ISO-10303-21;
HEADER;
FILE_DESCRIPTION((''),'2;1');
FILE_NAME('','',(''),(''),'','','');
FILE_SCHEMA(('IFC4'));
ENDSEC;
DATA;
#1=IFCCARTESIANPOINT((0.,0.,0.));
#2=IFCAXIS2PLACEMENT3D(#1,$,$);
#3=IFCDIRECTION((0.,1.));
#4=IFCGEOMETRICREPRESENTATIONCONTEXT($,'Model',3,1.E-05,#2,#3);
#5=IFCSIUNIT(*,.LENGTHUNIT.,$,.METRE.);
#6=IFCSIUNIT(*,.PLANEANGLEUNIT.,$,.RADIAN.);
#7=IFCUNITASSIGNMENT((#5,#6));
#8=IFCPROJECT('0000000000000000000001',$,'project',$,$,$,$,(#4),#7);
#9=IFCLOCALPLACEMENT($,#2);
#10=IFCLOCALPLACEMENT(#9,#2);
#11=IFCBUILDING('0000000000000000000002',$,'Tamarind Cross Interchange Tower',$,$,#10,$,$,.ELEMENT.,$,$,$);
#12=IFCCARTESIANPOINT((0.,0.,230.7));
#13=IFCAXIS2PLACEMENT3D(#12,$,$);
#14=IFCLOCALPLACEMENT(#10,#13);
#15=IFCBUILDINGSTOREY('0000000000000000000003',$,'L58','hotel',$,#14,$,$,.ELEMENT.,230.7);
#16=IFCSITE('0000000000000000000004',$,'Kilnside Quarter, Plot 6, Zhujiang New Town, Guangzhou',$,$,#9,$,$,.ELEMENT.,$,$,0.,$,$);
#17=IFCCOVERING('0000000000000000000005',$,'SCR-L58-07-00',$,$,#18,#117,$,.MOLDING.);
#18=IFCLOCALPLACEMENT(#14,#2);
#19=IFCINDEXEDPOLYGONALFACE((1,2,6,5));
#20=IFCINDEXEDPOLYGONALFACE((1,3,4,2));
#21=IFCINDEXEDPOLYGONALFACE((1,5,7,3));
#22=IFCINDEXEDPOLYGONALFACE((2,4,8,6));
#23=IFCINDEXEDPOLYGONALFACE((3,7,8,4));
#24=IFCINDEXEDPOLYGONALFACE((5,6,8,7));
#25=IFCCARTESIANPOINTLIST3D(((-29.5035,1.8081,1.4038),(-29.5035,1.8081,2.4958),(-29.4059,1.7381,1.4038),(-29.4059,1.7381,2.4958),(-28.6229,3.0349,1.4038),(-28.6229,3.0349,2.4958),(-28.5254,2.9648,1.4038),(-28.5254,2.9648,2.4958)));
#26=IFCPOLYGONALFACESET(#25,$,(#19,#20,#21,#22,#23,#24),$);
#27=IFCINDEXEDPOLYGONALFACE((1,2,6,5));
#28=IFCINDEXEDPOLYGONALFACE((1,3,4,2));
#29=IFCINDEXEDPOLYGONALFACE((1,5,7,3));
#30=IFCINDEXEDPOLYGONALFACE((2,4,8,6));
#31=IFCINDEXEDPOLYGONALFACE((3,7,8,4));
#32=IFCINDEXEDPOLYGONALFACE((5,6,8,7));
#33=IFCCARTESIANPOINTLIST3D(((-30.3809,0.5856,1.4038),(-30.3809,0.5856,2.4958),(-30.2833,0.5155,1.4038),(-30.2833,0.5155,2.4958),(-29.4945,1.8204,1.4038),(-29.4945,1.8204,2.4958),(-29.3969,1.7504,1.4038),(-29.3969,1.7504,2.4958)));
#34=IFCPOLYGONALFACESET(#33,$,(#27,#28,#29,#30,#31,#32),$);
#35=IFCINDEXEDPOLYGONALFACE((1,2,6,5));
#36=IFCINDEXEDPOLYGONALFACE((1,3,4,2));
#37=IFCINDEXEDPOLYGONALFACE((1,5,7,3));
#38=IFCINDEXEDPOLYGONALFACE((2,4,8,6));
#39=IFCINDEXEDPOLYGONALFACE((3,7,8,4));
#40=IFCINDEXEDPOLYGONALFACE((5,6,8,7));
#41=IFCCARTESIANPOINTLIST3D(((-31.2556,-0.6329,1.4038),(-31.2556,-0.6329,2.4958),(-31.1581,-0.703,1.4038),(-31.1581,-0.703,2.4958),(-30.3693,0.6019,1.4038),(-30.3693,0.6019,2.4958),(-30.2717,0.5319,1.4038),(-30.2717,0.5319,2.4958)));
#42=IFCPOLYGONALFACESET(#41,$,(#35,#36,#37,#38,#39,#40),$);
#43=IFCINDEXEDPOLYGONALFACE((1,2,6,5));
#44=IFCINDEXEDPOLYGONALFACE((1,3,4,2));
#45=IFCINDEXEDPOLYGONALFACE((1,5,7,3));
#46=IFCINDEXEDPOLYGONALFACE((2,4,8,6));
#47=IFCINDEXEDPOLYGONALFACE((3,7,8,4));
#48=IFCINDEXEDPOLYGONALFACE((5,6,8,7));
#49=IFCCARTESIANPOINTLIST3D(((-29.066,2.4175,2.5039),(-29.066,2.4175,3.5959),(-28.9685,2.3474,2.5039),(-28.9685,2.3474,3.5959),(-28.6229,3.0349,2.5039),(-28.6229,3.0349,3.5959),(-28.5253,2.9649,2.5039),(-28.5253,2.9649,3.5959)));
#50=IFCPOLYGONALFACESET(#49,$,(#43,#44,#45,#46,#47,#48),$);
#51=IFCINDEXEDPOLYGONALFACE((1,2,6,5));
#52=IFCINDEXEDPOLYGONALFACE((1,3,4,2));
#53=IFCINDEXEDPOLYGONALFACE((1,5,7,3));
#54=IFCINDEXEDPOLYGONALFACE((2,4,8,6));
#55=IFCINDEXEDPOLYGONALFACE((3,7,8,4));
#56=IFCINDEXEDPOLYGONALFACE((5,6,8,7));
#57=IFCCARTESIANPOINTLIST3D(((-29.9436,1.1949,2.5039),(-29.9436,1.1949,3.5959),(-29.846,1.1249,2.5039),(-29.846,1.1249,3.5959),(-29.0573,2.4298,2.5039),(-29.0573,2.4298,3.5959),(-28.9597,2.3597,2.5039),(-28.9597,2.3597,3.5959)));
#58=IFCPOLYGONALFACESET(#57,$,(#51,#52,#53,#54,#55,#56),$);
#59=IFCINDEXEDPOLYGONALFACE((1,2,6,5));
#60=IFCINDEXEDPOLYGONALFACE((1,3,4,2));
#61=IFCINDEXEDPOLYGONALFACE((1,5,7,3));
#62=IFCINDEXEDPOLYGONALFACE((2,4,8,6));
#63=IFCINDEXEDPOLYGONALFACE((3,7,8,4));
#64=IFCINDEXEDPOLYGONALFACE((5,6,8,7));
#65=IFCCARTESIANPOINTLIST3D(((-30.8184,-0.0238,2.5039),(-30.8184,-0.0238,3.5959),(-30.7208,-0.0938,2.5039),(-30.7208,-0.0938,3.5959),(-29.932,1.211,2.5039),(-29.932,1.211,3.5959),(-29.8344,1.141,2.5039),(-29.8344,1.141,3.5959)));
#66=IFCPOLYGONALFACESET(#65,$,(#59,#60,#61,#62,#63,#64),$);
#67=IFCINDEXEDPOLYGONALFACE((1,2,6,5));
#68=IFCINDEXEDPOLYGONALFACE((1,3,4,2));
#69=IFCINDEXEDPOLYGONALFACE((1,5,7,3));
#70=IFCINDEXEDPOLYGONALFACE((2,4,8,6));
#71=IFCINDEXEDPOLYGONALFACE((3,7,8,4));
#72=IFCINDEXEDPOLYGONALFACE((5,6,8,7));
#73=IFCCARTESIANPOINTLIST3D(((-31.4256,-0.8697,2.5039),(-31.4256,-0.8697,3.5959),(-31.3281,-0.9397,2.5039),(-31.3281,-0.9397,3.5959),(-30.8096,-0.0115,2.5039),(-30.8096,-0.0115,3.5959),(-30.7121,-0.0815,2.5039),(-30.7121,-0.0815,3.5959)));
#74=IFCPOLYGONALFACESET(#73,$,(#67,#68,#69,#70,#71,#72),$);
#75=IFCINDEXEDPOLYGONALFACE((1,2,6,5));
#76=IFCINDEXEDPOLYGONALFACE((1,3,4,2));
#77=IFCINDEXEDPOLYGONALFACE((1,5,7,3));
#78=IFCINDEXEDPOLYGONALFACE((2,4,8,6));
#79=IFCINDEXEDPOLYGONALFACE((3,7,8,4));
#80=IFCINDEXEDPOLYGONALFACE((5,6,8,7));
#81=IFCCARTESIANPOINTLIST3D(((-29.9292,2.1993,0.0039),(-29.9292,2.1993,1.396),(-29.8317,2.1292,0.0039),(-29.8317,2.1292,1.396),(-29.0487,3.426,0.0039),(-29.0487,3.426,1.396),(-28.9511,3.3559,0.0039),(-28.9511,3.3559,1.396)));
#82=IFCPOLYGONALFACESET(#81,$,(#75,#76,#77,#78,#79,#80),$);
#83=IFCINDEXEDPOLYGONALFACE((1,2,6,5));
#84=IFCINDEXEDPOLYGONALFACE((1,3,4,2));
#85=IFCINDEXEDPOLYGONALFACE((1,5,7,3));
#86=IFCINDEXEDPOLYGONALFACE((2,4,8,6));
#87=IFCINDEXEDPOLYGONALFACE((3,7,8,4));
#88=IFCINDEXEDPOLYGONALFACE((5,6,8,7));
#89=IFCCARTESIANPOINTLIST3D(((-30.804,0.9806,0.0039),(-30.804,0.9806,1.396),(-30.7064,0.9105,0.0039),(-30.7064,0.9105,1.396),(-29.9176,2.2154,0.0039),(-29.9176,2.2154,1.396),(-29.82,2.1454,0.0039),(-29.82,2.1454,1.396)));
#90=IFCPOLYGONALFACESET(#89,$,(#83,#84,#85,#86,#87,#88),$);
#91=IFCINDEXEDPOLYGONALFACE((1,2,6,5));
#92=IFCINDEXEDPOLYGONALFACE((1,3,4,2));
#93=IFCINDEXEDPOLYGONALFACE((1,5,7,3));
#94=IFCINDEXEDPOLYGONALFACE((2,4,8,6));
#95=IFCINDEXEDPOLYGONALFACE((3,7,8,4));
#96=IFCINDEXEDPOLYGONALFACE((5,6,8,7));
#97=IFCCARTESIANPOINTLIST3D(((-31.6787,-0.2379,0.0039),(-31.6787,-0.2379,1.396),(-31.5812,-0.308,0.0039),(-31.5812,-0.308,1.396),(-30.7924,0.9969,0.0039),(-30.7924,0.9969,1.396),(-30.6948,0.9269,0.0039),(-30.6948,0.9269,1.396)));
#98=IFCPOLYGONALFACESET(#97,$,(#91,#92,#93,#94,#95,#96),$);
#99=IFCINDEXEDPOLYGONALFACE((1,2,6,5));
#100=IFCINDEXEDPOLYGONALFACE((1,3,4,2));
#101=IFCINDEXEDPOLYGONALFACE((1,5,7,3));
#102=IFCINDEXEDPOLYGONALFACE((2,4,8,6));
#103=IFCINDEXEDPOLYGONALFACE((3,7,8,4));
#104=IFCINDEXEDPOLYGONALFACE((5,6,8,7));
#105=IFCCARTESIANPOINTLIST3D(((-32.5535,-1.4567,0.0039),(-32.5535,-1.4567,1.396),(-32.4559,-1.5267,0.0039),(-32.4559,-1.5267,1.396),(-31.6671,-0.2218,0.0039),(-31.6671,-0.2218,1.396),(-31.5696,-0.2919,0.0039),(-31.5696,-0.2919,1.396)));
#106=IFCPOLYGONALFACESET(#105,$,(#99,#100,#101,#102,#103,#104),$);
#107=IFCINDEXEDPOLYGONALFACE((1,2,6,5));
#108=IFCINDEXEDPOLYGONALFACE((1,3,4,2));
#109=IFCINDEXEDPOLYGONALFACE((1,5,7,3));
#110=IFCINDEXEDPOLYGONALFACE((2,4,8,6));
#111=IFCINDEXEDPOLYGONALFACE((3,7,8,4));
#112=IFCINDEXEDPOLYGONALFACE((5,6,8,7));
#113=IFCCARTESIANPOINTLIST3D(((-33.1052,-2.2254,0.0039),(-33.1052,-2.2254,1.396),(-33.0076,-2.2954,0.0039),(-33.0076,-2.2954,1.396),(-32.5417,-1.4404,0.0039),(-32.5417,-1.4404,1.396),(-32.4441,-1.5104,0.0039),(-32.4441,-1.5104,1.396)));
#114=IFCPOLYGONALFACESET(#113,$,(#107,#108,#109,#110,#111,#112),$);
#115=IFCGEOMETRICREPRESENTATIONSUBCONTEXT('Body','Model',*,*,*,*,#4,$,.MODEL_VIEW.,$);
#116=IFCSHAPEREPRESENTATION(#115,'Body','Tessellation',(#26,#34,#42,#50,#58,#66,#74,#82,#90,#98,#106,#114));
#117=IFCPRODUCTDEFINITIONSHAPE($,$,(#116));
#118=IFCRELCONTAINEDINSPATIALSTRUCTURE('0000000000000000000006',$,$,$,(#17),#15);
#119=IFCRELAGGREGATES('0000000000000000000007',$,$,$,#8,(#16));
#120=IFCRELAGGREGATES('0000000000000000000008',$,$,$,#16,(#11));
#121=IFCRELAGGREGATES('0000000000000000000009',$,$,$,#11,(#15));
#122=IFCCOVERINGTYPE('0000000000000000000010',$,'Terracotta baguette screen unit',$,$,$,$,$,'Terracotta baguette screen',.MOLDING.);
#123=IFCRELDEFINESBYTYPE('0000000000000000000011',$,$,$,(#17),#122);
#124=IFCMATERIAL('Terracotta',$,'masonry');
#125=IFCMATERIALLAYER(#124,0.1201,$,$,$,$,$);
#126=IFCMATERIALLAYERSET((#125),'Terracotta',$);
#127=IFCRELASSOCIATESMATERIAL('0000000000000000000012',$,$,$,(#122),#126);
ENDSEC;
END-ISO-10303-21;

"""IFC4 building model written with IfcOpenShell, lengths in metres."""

from ifc_helpers import new_model, si_unit, direction, frame, origin, origin_2d, place, context, subcontext, project, spatial, rectangle, extrude, material, layer, layer_set, type_object, element, save


model = new_model("IFC4")

# Units and contexts
model_context = context("Model", 3, precision=1e-05, world=origin(), true_north=direction((0.0, 1.0)))
body_context = subcontext(model_context, "Body", "Model", "MODEL_VIEW")
ifc_project = project(units=[si_unit("LENGTHUNIT", "METRE"), si_unit("PLANEANGLEUNIT", "RADIAN")], contexts=[model_context])

# Site, building, storey
site_placement = place(None, origin())
site = spatial("IfcSite", under=ifc_project, at=site_placement, Name="Kilnside Quarter, Plot 6, Zhujiang New Town, Guangzhou", CompositionType="ELEMENT", RefElevation=0.0)
building_placement = place(site_placement, origin())
building = spatial("IfcBuilding", under=site, at=building_placement, Name="Tamarind Cross Interchange Tower", CompositionType="ELEMENT")
storey_placement = place(building_placement, frame((0.0, 0.0, 230.7)))
storey = spatial("IfcBuildingStorey", under=building, at=storey_placement, Name="L58", Description="hotel", CompositionType="ELEMENT", Elevation=230.7)

# Covering
ifc_material_1 = material(Name="Terracotta", Category="masonry")
ifc_layer_1 = layer(ifc_material_1, 0.1201)
ifc_layer_set_1 = layer_set([ifc_layer_1], Name="Terracotta")
covering_type = type_object("IfcCoveringType", Name="Terracotta baguette screen unit", ElementType="Terracotta baguette screen", PredefinedType="MOLDING", material=ifc_layer_set_1)
covering_1_placement = place(storey_placement, origin())
element("IfcCovering", 1, at=covering_1_placement, inside=storey, type_object=covering_type, Name="SCR-L58-07-00", PredefinedType="MOLDING", context=body_context, shape_type="SweptSolid", body=[
    extrude(rectangle(XDim=1.51, YDim=0.1201, at=origin_2d()), frame((-29.0144, 2.3865, 1.4038), z_axis=(0.0, 0.0, 1.0), x_axis=(-0.583122, -0.812385, 0.0)), (0.0, 0.0, 1.0), 1.092),
    extrude(rectangle(XDim=1.52, YDim=0.1201, at=origin_2d()), frame((-29.8889, 1.168, 1.4038), z_axis=(0.0, 0.0, 1.0), x_axis=(-0.583122, -0.812385, 0.0)), (0.0, 0.0, 1.0), 1.092),
    extrude(rectangle(XDim=1.52, YDim=0.1201, at=origin_2d()), frame((-30.7637, -0.0505, 1.4038), z_axis=(0.0, 0.0, 1.0), x_axis=(-0.583122, -0.812385, 0.0)), (0.0, 0.0, 1.0), 1.092),
    extrude(rectangle(XDim=0.76, YDim=0.1201, at=origin_2d()), frame((-28.7957, 2.6912, 2.5039), z_axis=(0.0, 0.0, 1.0), x_axis=(-0.583122, -0.812385, 0.0)), (0.0, 0.0, 1.0), 1.092),
    extrude(rectangle(XDim=1.52, YDim=0.1201, at=origin_2d()), frame((-29.4517, 1.7773, 2.5039), z_axis=(0.0, 0.0, 1.0), x_axis=(-0.583122, -0.812385, 0.0)), (0.0, 0.0, 1.0), 1.092),
    extrude(rectangle(XDim=1.52, YDim=0.1201, at=origin_2d()), frame((-30.3264, 0.5586, 2.5039), z_axis=(0.0, 0.0, 1.0), x_axis=(-0.583122, -0.812385, 0.0)), (0.0, 0.0, 1.0), 1.092),
    extrude(rectangle(XDim=1.0564, YDim=0.1201, at=origin_2d()), frame((-31.0688, -0.4756, 2.5039), z_axis=(0.0, 0.0, 1.0), x_axis=(-0.583122, -0.812385, 0.0)), (0.0, 0.0, 1.0), 1.092),
    extrude(rectangle(XDim=1.51, YDim=0.1201, at=origin_2d()), frame((-29.4402, 2.7776, 0.0039), z_axis=(0.0, 0.0, 1.0), x_axis=(-0.583122, -0.812385, 0.0)), (0.0, 0.0, 1.0), 1.3921),
    extrude(rectangle(XDim=1.52, YDim=0.1201, at=origin_2d()), frame((-30.312, 1.563, 0.0039), z_axis=(0.0, 0.0, 1.0), x_axis=(-0.583122, -0.812385, 0.0)), (0.0, 0.0, 1.0), 1.3921),
    extrude(rectangle(XDim=1.52, YDim=0.1201, at=origin_2d()), frame((-31.1868, 0.3445, 0.0039), z_axis=(0.0, 0.0, 1.0), x_axis=(-0.583122, -0.812385, 0.0)), (0.0, 0.0, 1.0), 1.3921),
    extrude(rectangle(XDim=1.52, YDim=0.1201, at=origin_2d()), frame((-32.0615, -0.8743, 0.0039), z_axis=(0.0, 0.0, 1.0), x_axis=(-0.583122, -0.812385, 0.0)), (0.0, 0.0, 1.0), 1.3921),
    extrude(rectangle(XDim=0.9663, YDim=0.1201, at=origin_2d()), frame((-32.7747, -1.8679, 0.0039), z_axis=(0.0, 0.0, 1.0), x_axis=(-0.583122, -0.812385, 0.0)), (0.0, 0.0, 1.0), 1.3921),
])

save(model, "model.ifc")
